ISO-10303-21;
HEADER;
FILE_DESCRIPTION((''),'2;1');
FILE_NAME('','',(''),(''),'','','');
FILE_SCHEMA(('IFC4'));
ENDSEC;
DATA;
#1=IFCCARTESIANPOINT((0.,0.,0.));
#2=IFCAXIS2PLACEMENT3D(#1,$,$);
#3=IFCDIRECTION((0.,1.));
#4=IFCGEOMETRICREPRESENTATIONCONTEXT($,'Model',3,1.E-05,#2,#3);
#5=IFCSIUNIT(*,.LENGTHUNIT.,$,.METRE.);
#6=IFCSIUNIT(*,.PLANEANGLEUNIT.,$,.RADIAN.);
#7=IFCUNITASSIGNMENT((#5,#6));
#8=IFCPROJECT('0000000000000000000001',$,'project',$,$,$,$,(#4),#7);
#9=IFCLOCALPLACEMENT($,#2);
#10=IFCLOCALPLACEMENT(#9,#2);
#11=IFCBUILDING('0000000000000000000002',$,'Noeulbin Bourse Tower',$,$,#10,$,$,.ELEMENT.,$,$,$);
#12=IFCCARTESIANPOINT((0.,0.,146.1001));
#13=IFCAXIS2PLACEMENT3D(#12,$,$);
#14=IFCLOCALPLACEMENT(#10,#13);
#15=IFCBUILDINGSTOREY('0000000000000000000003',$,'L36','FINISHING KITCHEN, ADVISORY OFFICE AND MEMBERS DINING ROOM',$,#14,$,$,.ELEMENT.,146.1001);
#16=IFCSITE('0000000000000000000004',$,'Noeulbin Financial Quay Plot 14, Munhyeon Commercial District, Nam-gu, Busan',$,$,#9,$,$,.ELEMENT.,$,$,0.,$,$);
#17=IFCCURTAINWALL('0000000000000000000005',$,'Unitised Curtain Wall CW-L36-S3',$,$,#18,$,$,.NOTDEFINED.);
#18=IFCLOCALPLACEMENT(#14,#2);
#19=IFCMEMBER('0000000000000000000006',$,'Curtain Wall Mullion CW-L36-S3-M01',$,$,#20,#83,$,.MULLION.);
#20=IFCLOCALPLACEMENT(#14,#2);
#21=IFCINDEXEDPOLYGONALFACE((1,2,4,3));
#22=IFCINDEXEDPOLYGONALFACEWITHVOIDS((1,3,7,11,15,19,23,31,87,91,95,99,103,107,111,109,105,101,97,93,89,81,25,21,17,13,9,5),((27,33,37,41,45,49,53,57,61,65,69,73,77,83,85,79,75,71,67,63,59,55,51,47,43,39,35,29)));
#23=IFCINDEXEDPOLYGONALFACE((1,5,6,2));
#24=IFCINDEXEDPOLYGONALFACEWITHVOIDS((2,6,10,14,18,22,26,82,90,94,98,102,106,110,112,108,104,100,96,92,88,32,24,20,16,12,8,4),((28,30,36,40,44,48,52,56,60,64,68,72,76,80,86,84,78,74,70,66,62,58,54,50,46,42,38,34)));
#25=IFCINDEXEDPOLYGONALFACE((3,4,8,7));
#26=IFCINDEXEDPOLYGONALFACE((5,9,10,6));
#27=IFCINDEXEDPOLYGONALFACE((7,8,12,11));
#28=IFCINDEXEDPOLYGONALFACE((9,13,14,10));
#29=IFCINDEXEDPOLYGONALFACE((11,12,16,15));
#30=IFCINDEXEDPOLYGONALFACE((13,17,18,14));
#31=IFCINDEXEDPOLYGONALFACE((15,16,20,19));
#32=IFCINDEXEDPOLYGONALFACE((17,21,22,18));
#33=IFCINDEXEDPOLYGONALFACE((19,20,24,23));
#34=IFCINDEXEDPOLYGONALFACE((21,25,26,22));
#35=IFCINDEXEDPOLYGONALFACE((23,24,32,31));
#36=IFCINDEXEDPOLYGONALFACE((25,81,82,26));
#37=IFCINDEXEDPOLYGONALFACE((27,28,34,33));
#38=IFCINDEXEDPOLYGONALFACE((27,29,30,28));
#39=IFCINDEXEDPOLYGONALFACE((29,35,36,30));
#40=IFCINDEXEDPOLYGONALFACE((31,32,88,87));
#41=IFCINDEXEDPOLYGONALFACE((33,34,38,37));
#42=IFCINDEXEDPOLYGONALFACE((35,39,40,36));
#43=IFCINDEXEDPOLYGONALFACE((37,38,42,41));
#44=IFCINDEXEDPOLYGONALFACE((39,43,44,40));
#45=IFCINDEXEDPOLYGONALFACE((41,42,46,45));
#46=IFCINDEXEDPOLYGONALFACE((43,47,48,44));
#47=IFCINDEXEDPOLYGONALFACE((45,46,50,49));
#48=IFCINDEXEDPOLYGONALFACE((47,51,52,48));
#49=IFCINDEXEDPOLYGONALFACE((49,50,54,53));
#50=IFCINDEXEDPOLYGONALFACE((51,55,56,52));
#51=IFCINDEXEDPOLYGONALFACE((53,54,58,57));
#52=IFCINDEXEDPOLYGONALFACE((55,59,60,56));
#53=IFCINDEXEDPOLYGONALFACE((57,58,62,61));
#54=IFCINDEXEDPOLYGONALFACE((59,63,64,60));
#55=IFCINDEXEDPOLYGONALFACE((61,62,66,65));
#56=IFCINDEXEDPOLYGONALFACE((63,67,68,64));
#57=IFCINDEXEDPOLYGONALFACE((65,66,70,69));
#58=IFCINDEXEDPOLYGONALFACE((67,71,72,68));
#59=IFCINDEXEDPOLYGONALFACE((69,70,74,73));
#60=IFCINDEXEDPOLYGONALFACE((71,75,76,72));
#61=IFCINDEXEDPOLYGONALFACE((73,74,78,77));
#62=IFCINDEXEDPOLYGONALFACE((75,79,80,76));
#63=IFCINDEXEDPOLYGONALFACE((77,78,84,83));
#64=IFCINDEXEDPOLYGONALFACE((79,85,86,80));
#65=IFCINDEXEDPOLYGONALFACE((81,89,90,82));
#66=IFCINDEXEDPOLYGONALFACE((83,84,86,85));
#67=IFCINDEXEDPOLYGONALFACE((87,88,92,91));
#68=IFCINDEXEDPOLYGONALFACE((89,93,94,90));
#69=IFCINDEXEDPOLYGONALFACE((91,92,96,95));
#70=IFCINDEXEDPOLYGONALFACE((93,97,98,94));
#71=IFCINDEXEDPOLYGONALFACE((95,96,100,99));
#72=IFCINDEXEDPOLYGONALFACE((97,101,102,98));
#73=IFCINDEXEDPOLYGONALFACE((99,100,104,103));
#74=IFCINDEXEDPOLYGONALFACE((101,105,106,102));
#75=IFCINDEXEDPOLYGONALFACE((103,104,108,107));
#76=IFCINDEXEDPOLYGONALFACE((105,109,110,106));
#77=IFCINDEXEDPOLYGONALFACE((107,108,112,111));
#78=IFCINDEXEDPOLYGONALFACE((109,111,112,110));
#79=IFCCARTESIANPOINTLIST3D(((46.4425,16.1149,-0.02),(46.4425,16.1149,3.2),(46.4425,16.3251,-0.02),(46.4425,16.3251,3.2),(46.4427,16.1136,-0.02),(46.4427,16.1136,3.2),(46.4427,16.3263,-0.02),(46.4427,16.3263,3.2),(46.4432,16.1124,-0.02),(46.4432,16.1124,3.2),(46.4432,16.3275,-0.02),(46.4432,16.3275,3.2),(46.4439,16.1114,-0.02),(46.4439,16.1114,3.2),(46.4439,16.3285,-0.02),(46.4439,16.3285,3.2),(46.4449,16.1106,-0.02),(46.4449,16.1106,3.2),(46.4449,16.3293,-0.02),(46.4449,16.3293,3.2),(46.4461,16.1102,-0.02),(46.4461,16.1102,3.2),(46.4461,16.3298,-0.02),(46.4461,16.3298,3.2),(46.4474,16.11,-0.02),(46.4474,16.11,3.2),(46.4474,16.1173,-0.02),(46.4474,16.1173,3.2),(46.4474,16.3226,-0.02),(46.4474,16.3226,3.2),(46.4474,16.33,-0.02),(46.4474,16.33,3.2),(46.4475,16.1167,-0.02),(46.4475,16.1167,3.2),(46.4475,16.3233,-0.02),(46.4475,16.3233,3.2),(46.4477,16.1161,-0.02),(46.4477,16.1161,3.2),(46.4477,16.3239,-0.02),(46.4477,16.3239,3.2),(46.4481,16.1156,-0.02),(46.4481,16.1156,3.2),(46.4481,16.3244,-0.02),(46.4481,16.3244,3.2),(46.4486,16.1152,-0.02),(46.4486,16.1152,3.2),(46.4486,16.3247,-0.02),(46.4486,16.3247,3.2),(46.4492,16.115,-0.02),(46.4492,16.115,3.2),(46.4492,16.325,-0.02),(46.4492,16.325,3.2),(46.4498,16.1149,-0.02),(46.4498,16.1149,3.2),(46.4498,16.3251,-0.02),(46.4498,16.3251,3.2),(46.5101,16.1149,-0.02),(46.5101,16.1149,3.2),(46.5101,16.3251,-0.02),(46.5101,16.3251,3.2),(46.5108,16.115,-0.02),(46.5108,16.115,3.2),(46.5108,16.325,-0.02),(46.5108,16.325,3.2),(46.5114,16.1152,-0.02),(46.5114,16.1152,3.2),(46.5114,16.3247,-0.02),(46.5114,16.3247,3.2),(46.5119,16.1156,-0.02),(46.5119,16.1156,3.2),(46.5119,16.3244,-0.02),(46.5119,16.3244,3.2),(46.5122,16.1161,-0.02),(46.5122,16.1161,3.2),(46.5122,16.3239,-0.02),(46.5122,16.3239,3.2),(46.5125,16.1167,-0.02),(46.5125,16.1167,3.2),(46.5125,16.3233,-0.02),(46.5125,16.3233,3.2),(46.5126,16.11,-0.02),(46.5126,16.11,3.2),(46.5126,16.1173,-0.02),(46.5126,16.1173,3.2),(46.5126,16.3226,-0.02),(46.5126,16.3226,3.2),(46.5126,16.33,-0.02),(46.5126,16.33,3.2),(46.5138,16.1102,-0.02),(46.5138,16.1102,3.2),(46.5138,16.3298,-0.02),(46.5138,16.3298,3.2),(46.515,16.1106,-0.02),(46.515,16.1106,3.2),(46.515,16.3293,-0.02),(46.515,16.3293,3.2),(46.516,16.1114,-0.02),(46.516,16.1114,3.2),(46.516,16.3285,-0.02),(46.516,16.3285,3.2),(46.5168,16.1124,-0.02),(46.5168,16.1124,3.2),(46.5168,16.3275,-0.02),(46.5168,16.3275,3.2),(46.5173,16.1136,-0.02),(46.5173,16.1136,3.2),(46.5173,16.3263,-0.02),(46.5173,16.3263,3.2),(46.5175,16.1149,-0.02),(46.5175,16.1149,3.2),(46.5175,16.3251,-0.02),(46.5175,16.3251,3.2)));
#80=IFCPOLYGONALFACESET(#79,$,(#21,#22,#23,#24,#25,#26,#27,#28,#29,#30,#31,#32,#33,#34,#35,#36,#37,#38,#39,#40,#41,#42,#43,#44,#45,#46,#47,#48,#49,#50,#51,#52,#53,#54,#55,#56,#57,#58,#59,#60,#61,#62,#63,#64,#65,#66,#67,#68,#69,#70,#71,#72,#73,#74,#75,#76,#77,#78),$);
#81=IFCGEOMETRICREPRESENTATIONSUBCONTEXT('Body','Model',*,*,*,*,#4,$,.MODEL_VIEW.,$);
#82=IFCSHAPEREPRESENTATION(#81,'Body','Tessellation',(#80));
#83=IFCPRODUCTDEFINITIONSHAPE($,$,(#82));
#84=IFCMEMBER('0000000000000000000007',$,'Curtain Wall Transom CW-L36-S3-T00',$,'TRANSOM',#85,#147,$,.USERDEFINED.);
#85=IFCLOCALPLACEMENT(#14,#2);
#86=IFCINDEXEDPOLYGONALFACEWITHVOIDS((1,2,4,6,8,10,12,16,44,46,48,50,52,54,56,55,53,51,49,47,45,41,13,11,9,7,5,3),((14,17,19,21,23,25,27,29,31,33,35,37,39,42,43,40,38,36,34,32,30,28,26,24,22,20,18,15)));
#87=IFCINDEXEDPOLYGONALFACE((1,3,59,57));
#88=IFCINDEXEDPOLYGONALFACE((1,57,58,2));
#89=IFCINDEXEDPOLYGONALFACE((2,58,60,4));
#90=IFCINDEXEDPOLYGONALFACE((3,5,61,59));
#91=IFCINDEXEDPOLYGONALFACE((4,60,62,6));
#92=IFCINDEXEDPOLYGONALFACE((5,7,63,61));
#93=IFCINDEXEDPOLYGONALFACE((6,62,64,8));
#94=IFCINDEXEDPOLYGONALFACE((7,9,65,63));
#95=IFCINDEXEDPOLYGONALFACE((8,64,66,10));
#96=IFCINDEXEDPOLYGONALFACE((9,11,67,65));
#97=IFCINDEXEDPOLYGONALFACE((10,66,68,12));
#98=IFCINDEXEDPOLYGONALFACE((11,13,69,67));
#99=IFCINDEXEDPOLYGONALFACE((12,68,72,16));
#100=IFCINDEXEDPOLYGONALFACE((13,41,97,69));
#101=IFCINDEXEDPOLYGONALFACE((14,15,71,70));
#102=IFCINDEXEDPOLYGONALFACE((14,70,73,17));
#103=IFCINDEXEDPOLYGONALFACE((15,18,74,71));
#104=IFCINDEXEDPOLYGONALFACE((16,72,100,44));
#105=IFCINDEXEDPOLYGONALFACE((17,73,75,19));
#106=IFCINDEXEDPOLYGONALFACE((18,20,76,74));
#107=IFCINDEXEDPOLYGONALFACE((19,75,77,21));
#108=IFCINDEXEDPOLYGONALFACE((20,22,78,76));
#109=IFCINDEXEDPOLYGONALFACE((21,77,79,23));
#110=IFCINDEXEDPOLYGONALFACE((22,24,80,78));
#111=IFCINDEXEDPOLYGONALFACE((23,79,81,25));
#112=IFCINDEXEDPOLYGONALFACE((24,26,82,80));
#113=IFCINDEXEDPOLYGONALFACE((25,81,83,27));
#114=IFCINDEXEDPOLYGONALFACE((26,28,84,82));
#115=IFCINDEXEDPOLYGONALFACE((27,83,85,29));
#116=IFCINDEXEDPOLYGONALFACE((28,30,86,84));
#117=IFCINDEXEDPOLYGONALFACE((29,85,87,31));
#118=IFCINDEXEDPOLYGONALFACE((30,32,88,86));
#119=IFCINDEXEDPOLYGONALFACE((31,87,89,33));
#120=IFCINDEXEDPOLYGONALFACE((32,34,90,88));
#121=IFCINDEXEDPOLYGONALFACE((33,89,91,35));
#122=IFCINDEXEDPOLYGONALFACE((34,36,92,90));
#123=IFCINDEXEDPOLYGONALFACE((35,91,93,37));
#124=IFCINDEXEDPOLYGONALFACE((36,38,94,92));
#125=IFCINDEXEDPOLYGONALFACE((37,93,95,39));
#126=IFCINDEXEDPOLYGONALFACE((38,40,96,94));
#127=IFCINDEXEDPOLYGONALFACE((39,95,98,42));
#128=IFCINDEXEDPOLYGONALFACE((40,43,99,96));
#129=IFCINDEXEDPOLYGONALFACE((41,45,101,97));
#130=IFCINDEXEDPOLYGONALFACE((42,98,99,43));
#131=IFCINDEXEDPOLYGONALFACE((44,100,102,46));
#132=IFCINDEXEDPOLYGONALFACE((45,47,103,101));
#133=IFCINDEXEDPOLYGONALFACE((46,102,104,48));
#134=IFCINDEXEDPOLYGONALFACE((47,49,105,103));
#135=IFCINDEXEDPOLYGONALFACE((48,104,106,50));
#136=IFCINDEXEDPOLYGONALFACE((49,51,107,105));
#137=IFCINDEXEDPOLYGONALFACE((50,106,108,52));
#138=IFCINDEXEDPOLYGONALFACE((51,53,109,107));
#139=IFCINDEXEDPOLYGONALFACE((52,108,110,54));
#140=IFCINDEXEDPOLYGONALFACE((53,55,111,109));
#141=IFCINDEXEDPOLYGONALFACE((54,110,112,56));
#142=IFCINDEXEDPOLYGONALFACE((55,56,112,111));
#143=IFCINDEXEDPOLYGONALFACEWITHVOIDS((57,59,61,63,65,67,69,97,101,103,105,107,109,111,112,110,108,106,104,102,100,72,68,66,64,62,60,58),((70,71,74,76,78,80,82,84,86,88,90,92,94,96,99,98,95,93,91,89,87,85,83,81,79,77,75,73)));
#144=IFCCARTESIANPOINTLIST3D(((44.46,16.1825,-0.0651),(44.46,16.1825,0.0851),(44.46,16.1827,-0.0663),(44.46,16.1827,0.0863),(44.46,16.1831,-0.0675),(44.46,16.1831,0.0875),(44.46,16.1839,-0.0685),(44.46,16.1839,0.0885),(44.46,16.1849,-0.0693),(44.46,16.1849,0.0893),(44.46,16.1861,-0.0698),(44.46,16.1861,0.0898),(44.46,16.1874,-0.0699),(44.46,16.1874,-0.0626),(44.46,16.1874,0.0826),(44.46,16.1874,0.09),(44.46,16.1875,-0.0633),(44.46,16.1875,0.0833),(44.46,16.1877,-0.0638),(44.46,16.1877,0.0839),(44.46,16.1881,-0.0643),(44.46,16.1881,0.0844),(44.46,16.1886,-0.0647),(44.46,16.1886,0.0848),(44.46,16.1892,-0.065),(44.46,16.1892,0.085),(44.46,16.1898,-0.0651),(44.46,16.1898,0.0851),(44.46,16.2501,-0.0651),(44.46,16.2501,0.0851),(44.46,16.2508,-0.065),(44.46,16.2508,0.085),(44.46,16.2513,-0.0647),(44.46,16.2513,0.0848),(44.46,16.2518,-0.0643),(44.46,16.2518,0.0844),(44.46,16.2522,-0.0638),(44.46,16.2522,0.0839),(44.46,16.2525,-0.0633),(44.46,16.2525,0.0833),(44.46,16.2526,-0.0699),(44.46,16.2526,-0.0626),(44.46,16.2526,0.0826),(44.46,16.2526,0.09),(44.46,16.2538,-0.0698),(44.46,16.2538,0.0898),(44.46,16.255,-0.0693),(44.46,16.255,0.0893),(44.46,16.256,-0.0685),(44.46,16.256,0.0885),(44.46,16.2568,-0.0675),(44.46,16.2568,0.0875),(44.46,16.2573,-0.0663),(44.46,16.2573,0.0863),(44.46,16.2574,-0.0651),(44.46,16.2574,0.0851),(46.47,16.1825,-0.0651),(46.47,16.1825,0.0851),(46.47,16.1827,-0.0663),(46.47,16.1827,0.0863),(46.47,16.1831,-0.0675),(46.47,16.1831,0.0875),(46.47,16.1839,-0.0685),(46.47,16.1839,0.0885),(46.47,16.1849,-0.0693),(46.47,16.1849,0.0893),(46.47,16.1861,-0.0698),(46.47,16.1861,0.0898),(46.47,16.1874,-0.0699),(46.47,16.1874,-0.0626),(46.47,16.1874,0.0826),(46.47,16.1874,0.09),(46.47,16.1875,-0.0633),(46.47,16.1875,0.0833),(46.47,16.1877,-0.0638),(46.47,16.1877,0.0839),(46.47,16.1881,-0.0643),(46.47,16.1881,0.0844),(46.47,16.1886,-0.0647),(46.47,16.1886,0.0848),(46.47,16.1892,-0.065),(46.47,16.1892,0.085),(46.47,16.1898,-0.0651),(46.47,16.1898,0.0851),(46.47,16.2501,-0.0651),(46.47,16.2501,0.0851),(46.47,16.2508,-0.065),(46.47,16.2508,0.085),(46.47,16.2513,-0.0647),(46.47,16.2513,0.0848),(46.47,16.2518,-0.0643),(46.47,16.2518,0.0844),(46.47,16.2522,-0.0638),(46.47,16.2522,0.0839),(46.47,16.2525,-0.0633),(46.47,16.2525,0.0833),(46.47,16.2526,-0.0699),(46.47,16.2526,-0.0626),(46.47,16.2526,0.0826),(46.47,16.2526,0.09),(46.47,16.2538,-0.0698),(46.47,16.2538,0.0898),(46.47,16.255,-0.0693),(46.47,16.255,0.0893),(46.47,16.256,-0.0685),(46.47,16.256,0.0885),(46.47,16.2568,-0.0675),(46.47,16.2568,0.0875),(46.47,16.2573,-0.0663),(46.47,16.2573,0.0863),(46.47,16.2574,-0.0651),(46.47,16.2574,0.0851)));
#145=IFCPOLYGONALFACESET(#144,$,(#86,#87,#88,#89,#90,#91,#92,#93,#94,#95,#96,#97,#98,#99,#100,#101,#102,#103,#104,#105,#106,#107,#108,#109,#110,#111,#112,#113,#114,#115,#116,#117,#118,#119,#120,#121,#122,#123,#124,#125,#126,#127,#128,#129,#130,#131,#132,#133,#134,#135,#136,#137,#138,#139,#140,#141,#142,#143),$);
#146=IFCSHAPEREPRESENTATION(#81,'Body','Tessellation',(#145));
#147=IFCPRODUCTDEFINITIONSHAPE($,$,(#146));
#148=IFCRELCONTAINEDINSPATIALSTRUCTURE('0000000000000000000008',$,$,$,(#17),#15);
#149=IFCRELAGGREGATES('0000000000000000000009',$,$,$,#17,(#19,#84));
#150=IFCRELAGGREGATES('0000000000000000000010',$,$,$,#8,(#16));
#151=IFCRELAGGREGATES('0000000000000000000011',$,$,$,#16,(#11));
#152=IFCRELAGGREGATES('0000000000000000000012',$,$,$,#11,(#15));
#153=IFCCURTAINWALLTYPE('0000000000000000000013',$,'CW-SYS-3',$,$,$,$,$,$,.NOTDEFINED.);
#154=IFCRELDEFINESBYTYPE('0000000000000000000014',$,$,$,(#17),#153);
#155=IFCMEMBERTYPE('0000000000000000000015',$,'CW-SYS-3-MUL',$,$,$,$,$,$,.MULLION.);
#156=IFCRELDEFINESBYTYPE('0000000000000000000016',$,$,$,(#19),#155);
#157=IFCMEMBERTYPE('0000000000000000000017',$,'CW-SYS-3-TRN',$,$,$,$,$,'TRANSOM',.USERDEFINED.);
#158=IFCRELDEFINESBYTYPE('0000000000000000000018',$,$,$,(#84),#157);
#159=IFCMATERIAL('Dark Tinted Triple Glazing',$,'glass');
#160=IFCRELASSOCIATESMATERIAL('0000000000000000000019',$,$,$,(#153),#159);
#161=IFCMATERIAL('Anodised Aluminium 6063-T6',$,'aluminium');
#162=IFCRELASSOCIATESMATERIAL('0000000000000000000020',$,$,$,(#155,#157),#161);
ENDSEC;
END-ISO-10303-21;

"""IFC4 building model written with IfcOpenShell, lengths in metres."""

from ifc_helpers import new_model, si_unit, direction, frame, origin, origin_2d, place, context, subcontext, project, spatial, hollow_rectangle, extrude, material, material_profile, profile_set, type_object, element, aggregate, save


model = new_model("IFC4")

# Units and contexts
model_context = context("Model", 3, precision=1e-05, world=origin(), true_north=direction((0.0, 1.0)))
body_context = subcontext(model_context, "Body", "Model", "MODEL_VIEW")
ifc_project = project(units=[si_unit("LENGTHUNIT", "METRE"), si_unit("PLANEANGLEUNIT", "RADIAN")], contexts=[model_context])

# Site, building, storey
site_placement = place(None, origin())
site = spatial("IfcSite", under=ifc_project, at=site_placement, Name="Noeulbin Financial Quay Plot 14, Munhyeon Commercial District, Nam-gu, Busan", CompositionType="ELEMENT", RefElevation=0.0)
building_placement = place(site_placement, origin())
building = spatial("IfcBuilding", under=site, at=building_placement, Name="Noeulbin Bourse Tower", CompositionType="ELEMENT")
storey_placement = place(building_placement, frame((0.0, 0.0, 146.1001)))
storey = spatial("IfcBuildingStorey", under=building, at=storey_placement, Name="L36", Description="FINISHING KITCHEN, ADVISORY OFFICE AND MEMBERS DINING ROOM", CompositionType="ELEMENT", Elevation=146.1001)

# Curtain wall, members
ifc_material_1 = material(Name="Dark Tinted Triple Glazing", Category="glass")
curtain_wall_type = type_object("IfcCurtainWallType", Name="CW-SYS-3", PredefinedType="NOTDEFINED", material=ifc_material_1)
curtain_wall_placement = place(storey_placement, origin())
curtain_wall = element("IfcCurtainWall", 1, at=curtain_wall_placement, inside=storey, type_object=curtain_wall_type, Name="Unitised Curtain Wall CW-L36-S3", PredefinedType="NOTDEFINED")
ifc_material_2 = material(Name="Anodised Aluminium 6063-T6", Category="aluminium")
ifc_material_profile_1 = material_profile(ifc_material_2, hollow_rectangle(XDim=0.075, YDim=0.22, WallThickness=0.0049, InnerFilletRadius=0.0024, OuterFilletRadius=0.0049, at=origin_2d()), Name="ALU-MULL-75x220x5", Category="LoadBearing")
ifc_profile_set_1 = profile_set([ifc_material_profile_1], Name="Anodised Aluminium 6063-T6")
member_type_1 = type_object("IfcMemberType", Name="CW-SYS-3-MUL", PredefinedType="MULLION", material=ifc_profile_set_1)
member_1_placement = place(storey_placement, frame((46.48, 16.22, -0.02), z_axis=(0.0, 0.0, 1.0), x_axis=(1.0, 0.0, 0.0)))
member_1 = element("IfcMember", 2, at=member_1_placement, type_object=member_type_1, Name="Curtain Wall Mullion CW-L36-S3-M01", PredefinedType="MULLION", context=body_context, shape_type="SweptSolid", body=[
    extrude(hollow_rectangle(XDim=0.075, YDim=0.22, WallThickness=0.0049, InnerFilletRadius=0.0024, OuterFilletRadius=0.0049, at=origin_2d()), origin(), (0.0, 0.0, 1.0), 3.22),
])
ifc_material_profile_2 = material_profile(ifc_material_2, hollow_rectangle(XDim=0.075, YDim=0.1599, WallThickness=0.0049, InnerFilletRadius=0.0024, OuterFilletRadius=0.0049, at=origin_2d()), Name="ALU-TRAN-75x160x5", Category="LoadBearing")
ifc_profile_set_2 = profile_set([ifc_material_profile_2], Name="Anodised Aluminium 6063-T6")
member_type_2 = type_object("IfcMemberType", Name="CW-SYS-3-TRN", ElementType="TRANSOM", PredefinedType="USERDEFINED", material=ifc_profile_set_2)
member_2_placement = place(storey_placement, frame((44.46, 16.22, 0.01), z_axis=(1.0, 0.0, 0.0), x_axis=(0.0, 1.0, 0.0)))
member_2 = element("IfcMember", 3, at=member_2_placement, type_object=member_type_2, Name="Curtain Wall Transom CW-L36-S3-T00", ObjectType="TRANSOM", PredefinedType="USERDEFINED", context=body_context, shape_type="SweptSolid", body=[
    extrude(hollow_rectangle(XDim=0.075, YDim=0.1599, WallThickness=0.0049, InnerFilletRadius=0.0024, OuterFilletRadius=0.0049, at=origin_2d()), origin(), (0.0, 0.0, 1.0), 2.01),
])
aggregate(curtain_wall, [member_1, member_2])

save(model, "model.ifc")
